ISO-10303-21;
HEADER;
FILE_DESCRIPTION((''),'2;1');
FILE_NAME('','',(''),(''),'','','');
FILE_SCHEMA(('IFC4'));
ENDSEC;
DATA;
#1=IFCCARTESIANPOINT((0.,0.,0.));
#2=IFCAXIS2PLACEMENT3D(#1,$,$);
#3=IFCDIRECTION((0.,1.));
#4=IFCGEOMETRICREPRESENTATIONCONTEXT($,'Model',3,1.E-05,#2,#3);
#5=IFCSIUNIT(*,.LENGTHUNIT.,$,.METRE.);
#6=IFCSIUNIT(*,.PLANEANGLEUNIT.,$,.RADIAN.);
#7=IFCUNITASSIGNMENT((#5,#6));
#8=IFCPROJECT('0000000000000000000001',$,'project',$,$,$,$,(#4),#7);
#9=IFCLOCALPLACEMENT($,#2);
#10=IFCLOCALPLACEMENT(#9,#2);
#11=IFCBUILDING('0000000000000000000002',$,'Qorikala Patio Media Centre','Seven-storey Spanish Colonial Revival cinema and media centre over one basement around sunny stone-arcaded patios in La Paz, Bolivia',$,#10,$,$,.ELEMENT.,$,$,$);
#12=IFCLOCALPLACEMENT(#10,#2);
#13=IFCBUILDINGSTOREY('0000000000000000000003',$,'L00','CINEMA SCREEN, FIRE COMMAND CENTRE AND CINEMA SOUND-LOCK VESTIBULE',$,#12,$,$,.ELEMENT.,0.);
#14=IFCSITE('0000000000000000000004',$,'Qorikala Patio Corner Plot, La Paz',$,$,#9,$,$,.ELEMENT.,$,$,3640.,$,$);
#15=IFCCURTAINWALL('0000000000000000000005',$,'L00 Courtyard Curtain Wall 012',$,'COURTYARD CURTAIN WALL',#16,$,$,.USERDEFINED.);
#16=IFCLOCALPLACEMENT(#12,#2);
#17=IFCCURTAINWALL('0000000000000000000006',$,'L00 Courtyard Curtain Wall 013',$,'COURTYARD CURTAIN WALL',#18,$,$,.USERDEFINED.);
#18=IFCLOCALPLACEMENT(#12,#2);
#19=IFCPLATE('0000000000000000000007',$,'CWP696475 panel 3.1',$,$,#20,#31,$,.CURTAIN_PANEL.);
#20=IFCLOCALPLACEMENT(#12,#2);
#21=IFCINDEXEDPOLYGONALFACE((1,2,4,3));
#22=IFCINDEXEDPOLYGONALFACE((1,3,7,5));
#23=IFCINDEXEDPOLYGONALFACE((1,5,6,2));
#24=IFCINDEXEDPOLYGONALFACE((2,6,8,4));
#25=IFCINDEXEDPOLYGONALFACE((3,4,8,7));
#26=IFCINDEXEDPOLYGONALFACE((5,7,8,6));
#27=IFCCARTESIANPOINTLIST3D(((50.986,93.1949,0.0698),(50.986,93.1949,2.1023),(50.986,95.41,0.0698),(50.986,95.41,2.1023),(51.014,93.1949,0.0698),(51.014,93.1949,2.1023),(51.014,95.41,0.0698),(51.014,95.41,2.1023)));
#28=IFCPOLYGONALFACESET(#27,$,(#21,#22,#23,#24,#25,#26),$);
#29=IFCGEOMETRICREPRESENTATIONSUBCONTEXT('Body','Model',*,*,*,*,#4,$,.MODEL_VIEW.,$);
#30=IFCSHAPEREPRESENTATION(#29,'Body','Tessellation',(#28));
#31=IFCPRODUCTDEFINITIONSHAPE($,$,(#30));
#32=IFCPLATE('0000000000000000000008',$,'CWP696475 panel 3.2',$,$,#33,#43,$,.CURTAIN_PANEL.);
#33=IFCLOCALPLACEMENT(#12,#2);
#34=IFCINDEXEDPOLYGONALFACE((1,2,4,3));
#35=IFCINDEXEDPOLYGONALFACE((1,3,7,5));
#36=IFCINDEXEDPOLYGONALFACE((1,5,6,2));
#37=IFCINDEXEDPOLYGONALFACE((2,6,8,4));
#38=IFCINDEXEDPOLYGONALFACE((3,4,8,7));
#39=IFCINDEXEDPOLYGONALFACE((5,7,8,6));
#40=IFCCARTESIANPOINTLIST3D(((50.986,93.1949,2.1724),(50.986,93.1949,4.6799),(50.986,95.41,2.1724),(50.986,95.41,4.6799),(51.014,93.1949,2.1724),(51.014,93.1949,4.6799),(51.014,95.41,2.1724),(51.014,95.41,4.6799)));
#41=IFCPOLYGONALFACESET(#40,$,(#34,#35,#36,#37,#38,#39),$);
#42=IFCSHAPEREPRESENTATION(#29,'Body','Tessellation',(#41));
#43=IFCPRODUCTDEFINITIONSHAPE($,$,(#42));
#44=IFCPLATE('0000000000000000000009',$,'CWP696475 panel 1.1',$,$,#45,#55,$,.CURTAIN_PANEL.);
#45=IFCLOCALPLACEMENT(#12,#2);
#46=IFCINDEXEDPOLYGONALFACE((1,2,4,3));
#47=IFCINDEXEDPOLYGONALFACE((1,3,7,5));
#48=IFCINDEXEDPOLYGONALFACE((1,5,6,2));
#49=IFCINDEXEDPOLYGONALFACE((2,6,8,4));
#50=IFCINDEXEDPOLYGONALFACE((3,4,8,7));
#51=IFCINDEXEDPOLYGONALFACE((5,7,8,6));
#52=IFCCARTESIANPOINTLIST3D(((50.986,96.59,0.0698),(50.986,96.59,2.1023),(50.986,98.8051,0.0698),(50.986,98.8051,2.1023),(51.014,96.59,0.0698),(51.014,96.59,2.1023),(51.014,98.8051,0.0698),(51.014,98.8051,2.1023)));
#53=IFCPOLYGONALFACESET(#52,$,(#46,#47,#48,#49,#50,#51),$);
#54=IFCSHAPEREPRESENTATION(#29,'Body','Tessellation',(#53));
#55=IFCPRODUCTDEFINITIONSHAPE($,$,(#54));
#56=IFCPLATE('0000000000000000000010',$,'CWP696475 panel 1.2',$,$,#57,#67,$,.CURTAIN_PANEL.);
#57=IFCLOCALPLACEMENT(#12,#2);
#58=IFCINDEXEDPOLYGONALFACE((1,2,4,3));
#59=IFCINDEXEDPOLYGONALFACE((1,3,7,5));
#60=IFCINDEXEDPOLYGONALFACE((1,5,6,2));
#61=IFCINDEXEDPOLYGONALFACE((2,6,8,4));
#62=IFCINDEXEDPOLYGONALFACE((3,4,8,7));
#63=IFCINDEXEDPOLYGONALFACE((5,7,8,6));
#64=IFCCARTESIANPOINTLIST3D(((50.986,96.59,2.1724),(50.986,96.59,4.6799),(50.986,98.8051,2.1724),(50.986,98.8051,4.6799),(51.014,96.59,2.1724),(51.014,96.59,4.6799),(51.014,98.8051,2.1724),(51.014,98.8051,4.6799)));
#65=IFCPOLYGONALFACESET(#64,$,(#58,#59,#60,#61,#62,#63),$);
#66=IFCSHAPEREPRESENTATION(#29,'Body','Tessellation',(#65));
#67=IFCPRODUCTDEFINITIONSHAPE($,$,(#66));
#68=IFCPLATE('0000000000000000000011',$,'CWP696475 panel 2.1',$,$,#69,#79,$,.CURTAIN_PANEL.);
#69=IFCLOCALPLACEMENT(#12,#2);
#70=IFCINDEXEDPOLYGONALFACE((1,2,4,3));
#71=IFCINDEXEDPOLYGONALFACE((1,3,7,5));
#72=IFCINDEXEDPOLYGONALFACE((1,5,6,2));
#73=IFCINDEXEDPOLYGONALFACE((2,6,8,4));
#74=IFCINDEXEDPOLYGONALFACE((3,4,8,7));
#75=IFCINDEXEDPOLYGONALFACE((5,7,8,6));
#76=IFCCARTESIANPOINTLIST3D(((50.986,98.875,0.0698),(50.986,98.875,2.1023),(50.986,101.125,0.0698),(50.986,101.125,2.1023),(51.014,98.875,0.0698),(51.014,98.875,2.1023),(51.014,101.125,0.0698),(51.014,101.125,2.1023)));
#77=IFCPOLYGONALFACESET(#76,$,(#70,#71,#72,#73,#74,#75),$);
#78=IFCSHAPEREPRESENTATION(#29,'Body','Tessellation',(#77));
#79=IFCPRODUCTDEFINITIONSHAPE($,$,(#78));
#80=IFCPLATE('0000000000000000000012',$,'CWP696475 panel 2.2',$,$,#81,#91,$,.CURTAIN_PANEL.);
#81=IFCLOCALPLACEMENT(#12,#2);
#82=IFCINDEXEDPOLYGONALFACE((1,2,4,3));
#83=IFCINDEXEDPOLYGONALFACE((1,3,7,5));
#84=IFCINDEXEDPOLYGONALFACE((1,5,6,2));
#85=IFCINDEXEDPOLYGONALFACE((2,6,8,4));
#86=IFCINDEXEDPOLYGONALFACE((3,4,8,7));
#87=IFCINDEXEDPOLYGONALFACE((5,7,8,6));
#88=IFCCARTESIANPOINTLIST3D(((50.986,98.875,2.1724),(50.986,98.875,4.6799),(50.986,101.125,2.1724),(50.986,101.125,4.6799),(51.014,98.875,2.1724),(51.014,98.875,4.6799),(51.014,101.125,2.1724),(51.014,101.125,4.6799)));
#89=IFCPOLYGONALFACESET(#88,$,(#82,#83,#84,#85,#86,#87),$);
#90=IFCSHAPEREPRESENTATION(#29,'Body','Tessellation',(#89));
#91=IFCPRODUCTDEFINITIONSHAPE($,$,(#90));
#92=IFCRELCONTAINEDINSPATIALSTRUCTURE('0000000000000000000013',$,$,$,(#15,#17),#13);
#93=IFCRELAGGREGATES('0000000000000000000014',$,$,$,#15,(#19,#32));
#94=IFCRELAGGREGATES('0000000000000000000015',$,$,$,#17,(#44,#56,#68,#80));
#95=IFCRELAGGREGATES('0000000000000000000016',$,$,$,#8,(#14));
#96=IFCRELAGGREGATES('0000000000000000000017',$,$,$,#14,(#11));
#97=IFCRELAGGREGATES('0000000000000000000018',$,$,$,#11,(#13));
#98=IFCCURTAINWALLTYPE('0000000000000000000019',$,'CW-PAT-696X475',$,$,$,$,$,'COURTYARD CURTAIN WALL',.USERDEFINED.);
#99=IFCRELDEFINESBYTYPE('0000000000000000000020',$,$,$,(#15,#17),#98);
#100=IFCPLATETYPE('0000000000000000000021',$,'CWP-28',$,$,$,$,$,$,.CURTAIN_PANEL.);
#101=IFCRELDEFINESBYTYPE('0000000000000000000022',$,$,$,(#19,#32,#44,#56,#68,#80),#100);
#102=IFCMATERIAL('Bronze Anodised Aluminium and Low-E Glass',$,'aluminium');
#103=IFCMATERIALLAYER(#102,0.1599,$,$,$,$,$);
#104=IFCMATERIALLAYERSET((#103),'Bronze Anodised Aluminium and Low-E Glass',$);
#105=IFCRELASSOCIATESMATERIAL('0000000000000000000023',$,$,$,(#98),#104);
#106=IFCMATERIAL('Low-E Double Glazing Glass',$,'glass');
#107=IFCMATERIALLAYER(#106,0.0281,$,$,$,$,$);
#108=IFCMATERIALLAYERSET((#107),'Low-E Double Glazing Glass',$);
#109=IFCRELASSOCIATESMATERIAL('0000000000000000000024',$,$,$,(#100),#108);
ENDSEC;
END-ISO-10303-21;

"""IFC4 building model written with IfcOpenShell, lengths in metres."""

from ifc_helpers import new_model, si_unit, direction, frame, origin, origin_2d, place, context, subcontext, project, spatial, rectangle, extrude, material, layer, layer_set, type_object, element, aggregate, save


model = new_model("IFC4")

# Units and contexts
model_context = context("Model", 3, precision=1e-05, world=origin(), true_north=direction((0.0, 1.0)))
body_context = subcontext(model_context, "Body", "Model", "MODEL_VIEW")
ifc_project = project(units=[si_unit("LENGTHUNIT", "METRE"), si_unit("PLANEANGLEUNIT", "RADIAN")], contexts=[model_context])

# Site, building, storey
site_placement = place(None, origin())
site = spatial("IfcSite", under=ifc_project, at=site_placement, Name="Qorikala Patio Corner Plot, La Paz", CompositionType="ELEMENT", RefElevation=3640.0)
building_placement = place(site_placement, origin())
building = spatial("IfcBuilding", under=site, at=building_placement, Name="Qorikala Patio Media Centre", Description="Seven-storey Spanish Colonial Revival cinema and media centre over one basement around sunny stone-arcaded patios in La Paz, Bolivia", CompositionType="ELEMENT")
storey_placement = place(building_placement, origin())
storey = spatial("IfcBuildingStorey", under=building, at=storey_placement, Name="L00", Description="CINEMA SCREEN, FIRE COMMAND CENTRE AND CINEMA SOUND-LOCK VESTIBULE", CompositionType="ELEMENT", Elevation=0.0)

# Curtain walls
ifc_material_1 = material(Name="Bronze Anodised Aluminium and Low-E Glass", Category="aluminium")
ifc_layer_1 = layer(ifc_material_1, 0.1599)
ifc_layer_set_1 = layer_set([ifc_layer_1], Name="Bronze Anodised Aluminium and Low-E Glass")
curtain_wall_type = type_object("IfcCurtainWallType", Name="CW-PAT-696X475", ElementType="COURTYARD CURTAIN WALL", PredefinedType="USERDEFINED", material=ifc_layer_set_1)
curtain_wall_1_placement = place(storey_placement, origin())
curtain_wall_1 = element("IfcCurtainWall", 1, at=curtain_wall_1_placement, inside=storey, type_object=curtain_wall_type, Name="L00 Courtyard Curtain Wall 012", ObjectType="COURTYARD CURTAIN WALL", PredefinedType="USERDEFINED")
curtain_wall_2_placement = place(storey_placement, origin())
curtain_wall_2 = element("IfcCurtainWall", 2, at=curtain_wall_2_placement, inside=storey, type_object=curtain_wall_type, Name="L00 Courtyard Curtain Wall 013", ObjectType="COURTYARD CURTAIN WALL", PredefinedType="USERDEFINED")

# Plates
ifc_material_2 = material(Name="Low-E Double Glazing Glass", Category="glass")
ifc_layer_2 = layer(ifc_material_2, 0.0281)
ifc_layer_set_2 = layer_set([ifc_layer_2], Name="Low-E Double Glazing Glass")
plate_type = type_object("IfcPlateType", Name="CWP-28", PredefinedType="CURTAIN_PANEL", material=ifc_layer_set_2)
plate_1_placement = place(storey_placement, frame((51.0, 94.3025, 0.0698), z_axis=(0.0, 0.0, 1.0), x_axis=(0.0, 1.0, 0.0)))
plate_1 = element("IfcPlate", 3, at=plate_1_placement, type_object=plate_type, Name="CWP696475 panel 3.1", PredefinedType="CURTAIN_PANEL", context=body_context, shape_type="SweptSolid", body=[
    extrude(rectangle(XDim=2.2151, YDim=0.0281, at=origin_2d()), origin(), (0.0, 0.0, 1.0), 2.0325),
])
plate_2_placement = place(storey_placement, frame((51.0, 94.3025, 2.1724), z_axis=(0.0, 0.0, 1.0), x_axis=(0.0, 1.0, 0.0)))
plate_2 = element("IfcPlate", 4, at=plate_2_placement, type_object=plate_type, Name="CWP696475 panel 3.2", PredefinedType="CURTAIN_PANEL", context=body_context, shape_type="SweptSolid", body=[
    extrude(rectangle(XDim=2.2151, YDim=0.0281, at=origin_2d()), origin(), (0.0, 0.0, 1.0), 2.5076),
])
aggregate(curtain_wall_1, [plate_1, plate_2])
plate_3_placement = place(storey_placement, frame((51.0, 97.6975, 0.0698), z_axis=(0.0, 0.0, 1.0), x_axis=(0.0, 1.0, 0.0)))
plate_3 = element("IfcPlate", 5, at=plate_3_placement, type_object=plate_type, Name="CWP696475 panel 1.1", PredefinedType="CURTAIN_PANEL", context=body_context, shape_type="SweptSolid", body=[
    extrude(rectangle(XDim=2.2151, YDim=0.0281, at=origin_2d()), origin(), (0.0, 0.0, 1.0), 2.0325),
])
plate_4_placement = place(storey_placement, frame((51.0, 97.6975, 2.1724), z_axis=(0.0, 0.0, 1.0), x_axis=(0.0, 1.0, 0.0)))
plate_4 = element("IfcPlate", 6, at=plate_4_placement, type_object=plate_type, Name="CWP696475 panel 1.2", PredefinedType="CURTAIN_PANEL", context=body_context, shape_type="SweptSolid", body=[
    extrude(rectangle(XDim=2.2151, YDim=0.0281, at=origin_2d()), origin(), (0.0, 0.0, 1.0), 2.5076),
])
plate_5_placement = place(storey_placement, frame((51.0, 100.0, 0.0698), z_axis=(0.0, 0.0, 1.0), x_axis=(0.0, 1.0, 0.0)))
plate_5 = element("IfcPlate", 7, at=plate_5_placement, type_object=plate_type, Name="CWP696475 panel 2.1", PredefinedType="CURTAIN_PANEL", context=body_context, shape_type="SweptSolid", body=[
    extrude(rectangle(XDim=2.25, YDim=0.0281, at=origin_2d()), origin(), (0.0, 0.0, 1.0), 2.0325),
])
plate_6_placement = place(storey_placement, frame((51.0, 100.0, 2.1724), z_axis=(0.0, 0.0, 1.0), x_axis=(0.0, 1.0, 0.0)))
plate_6 = element("IfcPlate", 8, at=plate_6_placement, type_object=plate_type, Name="CWP696475 panel 2.2", PredefinedType="CURTAIN_PANEL", context=body_context, shape_type="SweptSolid", body=[
    extrude(rectangle(XDim=2.25, YDim=0.0281, at=origin_2d()), origin(), (0.0, 0.0, 1.0), 2.5076),
])
aggregate(curtain_wall_2, [plate_3, plate_4, plate_5, plate_6])

save(model, "model.ifc")
